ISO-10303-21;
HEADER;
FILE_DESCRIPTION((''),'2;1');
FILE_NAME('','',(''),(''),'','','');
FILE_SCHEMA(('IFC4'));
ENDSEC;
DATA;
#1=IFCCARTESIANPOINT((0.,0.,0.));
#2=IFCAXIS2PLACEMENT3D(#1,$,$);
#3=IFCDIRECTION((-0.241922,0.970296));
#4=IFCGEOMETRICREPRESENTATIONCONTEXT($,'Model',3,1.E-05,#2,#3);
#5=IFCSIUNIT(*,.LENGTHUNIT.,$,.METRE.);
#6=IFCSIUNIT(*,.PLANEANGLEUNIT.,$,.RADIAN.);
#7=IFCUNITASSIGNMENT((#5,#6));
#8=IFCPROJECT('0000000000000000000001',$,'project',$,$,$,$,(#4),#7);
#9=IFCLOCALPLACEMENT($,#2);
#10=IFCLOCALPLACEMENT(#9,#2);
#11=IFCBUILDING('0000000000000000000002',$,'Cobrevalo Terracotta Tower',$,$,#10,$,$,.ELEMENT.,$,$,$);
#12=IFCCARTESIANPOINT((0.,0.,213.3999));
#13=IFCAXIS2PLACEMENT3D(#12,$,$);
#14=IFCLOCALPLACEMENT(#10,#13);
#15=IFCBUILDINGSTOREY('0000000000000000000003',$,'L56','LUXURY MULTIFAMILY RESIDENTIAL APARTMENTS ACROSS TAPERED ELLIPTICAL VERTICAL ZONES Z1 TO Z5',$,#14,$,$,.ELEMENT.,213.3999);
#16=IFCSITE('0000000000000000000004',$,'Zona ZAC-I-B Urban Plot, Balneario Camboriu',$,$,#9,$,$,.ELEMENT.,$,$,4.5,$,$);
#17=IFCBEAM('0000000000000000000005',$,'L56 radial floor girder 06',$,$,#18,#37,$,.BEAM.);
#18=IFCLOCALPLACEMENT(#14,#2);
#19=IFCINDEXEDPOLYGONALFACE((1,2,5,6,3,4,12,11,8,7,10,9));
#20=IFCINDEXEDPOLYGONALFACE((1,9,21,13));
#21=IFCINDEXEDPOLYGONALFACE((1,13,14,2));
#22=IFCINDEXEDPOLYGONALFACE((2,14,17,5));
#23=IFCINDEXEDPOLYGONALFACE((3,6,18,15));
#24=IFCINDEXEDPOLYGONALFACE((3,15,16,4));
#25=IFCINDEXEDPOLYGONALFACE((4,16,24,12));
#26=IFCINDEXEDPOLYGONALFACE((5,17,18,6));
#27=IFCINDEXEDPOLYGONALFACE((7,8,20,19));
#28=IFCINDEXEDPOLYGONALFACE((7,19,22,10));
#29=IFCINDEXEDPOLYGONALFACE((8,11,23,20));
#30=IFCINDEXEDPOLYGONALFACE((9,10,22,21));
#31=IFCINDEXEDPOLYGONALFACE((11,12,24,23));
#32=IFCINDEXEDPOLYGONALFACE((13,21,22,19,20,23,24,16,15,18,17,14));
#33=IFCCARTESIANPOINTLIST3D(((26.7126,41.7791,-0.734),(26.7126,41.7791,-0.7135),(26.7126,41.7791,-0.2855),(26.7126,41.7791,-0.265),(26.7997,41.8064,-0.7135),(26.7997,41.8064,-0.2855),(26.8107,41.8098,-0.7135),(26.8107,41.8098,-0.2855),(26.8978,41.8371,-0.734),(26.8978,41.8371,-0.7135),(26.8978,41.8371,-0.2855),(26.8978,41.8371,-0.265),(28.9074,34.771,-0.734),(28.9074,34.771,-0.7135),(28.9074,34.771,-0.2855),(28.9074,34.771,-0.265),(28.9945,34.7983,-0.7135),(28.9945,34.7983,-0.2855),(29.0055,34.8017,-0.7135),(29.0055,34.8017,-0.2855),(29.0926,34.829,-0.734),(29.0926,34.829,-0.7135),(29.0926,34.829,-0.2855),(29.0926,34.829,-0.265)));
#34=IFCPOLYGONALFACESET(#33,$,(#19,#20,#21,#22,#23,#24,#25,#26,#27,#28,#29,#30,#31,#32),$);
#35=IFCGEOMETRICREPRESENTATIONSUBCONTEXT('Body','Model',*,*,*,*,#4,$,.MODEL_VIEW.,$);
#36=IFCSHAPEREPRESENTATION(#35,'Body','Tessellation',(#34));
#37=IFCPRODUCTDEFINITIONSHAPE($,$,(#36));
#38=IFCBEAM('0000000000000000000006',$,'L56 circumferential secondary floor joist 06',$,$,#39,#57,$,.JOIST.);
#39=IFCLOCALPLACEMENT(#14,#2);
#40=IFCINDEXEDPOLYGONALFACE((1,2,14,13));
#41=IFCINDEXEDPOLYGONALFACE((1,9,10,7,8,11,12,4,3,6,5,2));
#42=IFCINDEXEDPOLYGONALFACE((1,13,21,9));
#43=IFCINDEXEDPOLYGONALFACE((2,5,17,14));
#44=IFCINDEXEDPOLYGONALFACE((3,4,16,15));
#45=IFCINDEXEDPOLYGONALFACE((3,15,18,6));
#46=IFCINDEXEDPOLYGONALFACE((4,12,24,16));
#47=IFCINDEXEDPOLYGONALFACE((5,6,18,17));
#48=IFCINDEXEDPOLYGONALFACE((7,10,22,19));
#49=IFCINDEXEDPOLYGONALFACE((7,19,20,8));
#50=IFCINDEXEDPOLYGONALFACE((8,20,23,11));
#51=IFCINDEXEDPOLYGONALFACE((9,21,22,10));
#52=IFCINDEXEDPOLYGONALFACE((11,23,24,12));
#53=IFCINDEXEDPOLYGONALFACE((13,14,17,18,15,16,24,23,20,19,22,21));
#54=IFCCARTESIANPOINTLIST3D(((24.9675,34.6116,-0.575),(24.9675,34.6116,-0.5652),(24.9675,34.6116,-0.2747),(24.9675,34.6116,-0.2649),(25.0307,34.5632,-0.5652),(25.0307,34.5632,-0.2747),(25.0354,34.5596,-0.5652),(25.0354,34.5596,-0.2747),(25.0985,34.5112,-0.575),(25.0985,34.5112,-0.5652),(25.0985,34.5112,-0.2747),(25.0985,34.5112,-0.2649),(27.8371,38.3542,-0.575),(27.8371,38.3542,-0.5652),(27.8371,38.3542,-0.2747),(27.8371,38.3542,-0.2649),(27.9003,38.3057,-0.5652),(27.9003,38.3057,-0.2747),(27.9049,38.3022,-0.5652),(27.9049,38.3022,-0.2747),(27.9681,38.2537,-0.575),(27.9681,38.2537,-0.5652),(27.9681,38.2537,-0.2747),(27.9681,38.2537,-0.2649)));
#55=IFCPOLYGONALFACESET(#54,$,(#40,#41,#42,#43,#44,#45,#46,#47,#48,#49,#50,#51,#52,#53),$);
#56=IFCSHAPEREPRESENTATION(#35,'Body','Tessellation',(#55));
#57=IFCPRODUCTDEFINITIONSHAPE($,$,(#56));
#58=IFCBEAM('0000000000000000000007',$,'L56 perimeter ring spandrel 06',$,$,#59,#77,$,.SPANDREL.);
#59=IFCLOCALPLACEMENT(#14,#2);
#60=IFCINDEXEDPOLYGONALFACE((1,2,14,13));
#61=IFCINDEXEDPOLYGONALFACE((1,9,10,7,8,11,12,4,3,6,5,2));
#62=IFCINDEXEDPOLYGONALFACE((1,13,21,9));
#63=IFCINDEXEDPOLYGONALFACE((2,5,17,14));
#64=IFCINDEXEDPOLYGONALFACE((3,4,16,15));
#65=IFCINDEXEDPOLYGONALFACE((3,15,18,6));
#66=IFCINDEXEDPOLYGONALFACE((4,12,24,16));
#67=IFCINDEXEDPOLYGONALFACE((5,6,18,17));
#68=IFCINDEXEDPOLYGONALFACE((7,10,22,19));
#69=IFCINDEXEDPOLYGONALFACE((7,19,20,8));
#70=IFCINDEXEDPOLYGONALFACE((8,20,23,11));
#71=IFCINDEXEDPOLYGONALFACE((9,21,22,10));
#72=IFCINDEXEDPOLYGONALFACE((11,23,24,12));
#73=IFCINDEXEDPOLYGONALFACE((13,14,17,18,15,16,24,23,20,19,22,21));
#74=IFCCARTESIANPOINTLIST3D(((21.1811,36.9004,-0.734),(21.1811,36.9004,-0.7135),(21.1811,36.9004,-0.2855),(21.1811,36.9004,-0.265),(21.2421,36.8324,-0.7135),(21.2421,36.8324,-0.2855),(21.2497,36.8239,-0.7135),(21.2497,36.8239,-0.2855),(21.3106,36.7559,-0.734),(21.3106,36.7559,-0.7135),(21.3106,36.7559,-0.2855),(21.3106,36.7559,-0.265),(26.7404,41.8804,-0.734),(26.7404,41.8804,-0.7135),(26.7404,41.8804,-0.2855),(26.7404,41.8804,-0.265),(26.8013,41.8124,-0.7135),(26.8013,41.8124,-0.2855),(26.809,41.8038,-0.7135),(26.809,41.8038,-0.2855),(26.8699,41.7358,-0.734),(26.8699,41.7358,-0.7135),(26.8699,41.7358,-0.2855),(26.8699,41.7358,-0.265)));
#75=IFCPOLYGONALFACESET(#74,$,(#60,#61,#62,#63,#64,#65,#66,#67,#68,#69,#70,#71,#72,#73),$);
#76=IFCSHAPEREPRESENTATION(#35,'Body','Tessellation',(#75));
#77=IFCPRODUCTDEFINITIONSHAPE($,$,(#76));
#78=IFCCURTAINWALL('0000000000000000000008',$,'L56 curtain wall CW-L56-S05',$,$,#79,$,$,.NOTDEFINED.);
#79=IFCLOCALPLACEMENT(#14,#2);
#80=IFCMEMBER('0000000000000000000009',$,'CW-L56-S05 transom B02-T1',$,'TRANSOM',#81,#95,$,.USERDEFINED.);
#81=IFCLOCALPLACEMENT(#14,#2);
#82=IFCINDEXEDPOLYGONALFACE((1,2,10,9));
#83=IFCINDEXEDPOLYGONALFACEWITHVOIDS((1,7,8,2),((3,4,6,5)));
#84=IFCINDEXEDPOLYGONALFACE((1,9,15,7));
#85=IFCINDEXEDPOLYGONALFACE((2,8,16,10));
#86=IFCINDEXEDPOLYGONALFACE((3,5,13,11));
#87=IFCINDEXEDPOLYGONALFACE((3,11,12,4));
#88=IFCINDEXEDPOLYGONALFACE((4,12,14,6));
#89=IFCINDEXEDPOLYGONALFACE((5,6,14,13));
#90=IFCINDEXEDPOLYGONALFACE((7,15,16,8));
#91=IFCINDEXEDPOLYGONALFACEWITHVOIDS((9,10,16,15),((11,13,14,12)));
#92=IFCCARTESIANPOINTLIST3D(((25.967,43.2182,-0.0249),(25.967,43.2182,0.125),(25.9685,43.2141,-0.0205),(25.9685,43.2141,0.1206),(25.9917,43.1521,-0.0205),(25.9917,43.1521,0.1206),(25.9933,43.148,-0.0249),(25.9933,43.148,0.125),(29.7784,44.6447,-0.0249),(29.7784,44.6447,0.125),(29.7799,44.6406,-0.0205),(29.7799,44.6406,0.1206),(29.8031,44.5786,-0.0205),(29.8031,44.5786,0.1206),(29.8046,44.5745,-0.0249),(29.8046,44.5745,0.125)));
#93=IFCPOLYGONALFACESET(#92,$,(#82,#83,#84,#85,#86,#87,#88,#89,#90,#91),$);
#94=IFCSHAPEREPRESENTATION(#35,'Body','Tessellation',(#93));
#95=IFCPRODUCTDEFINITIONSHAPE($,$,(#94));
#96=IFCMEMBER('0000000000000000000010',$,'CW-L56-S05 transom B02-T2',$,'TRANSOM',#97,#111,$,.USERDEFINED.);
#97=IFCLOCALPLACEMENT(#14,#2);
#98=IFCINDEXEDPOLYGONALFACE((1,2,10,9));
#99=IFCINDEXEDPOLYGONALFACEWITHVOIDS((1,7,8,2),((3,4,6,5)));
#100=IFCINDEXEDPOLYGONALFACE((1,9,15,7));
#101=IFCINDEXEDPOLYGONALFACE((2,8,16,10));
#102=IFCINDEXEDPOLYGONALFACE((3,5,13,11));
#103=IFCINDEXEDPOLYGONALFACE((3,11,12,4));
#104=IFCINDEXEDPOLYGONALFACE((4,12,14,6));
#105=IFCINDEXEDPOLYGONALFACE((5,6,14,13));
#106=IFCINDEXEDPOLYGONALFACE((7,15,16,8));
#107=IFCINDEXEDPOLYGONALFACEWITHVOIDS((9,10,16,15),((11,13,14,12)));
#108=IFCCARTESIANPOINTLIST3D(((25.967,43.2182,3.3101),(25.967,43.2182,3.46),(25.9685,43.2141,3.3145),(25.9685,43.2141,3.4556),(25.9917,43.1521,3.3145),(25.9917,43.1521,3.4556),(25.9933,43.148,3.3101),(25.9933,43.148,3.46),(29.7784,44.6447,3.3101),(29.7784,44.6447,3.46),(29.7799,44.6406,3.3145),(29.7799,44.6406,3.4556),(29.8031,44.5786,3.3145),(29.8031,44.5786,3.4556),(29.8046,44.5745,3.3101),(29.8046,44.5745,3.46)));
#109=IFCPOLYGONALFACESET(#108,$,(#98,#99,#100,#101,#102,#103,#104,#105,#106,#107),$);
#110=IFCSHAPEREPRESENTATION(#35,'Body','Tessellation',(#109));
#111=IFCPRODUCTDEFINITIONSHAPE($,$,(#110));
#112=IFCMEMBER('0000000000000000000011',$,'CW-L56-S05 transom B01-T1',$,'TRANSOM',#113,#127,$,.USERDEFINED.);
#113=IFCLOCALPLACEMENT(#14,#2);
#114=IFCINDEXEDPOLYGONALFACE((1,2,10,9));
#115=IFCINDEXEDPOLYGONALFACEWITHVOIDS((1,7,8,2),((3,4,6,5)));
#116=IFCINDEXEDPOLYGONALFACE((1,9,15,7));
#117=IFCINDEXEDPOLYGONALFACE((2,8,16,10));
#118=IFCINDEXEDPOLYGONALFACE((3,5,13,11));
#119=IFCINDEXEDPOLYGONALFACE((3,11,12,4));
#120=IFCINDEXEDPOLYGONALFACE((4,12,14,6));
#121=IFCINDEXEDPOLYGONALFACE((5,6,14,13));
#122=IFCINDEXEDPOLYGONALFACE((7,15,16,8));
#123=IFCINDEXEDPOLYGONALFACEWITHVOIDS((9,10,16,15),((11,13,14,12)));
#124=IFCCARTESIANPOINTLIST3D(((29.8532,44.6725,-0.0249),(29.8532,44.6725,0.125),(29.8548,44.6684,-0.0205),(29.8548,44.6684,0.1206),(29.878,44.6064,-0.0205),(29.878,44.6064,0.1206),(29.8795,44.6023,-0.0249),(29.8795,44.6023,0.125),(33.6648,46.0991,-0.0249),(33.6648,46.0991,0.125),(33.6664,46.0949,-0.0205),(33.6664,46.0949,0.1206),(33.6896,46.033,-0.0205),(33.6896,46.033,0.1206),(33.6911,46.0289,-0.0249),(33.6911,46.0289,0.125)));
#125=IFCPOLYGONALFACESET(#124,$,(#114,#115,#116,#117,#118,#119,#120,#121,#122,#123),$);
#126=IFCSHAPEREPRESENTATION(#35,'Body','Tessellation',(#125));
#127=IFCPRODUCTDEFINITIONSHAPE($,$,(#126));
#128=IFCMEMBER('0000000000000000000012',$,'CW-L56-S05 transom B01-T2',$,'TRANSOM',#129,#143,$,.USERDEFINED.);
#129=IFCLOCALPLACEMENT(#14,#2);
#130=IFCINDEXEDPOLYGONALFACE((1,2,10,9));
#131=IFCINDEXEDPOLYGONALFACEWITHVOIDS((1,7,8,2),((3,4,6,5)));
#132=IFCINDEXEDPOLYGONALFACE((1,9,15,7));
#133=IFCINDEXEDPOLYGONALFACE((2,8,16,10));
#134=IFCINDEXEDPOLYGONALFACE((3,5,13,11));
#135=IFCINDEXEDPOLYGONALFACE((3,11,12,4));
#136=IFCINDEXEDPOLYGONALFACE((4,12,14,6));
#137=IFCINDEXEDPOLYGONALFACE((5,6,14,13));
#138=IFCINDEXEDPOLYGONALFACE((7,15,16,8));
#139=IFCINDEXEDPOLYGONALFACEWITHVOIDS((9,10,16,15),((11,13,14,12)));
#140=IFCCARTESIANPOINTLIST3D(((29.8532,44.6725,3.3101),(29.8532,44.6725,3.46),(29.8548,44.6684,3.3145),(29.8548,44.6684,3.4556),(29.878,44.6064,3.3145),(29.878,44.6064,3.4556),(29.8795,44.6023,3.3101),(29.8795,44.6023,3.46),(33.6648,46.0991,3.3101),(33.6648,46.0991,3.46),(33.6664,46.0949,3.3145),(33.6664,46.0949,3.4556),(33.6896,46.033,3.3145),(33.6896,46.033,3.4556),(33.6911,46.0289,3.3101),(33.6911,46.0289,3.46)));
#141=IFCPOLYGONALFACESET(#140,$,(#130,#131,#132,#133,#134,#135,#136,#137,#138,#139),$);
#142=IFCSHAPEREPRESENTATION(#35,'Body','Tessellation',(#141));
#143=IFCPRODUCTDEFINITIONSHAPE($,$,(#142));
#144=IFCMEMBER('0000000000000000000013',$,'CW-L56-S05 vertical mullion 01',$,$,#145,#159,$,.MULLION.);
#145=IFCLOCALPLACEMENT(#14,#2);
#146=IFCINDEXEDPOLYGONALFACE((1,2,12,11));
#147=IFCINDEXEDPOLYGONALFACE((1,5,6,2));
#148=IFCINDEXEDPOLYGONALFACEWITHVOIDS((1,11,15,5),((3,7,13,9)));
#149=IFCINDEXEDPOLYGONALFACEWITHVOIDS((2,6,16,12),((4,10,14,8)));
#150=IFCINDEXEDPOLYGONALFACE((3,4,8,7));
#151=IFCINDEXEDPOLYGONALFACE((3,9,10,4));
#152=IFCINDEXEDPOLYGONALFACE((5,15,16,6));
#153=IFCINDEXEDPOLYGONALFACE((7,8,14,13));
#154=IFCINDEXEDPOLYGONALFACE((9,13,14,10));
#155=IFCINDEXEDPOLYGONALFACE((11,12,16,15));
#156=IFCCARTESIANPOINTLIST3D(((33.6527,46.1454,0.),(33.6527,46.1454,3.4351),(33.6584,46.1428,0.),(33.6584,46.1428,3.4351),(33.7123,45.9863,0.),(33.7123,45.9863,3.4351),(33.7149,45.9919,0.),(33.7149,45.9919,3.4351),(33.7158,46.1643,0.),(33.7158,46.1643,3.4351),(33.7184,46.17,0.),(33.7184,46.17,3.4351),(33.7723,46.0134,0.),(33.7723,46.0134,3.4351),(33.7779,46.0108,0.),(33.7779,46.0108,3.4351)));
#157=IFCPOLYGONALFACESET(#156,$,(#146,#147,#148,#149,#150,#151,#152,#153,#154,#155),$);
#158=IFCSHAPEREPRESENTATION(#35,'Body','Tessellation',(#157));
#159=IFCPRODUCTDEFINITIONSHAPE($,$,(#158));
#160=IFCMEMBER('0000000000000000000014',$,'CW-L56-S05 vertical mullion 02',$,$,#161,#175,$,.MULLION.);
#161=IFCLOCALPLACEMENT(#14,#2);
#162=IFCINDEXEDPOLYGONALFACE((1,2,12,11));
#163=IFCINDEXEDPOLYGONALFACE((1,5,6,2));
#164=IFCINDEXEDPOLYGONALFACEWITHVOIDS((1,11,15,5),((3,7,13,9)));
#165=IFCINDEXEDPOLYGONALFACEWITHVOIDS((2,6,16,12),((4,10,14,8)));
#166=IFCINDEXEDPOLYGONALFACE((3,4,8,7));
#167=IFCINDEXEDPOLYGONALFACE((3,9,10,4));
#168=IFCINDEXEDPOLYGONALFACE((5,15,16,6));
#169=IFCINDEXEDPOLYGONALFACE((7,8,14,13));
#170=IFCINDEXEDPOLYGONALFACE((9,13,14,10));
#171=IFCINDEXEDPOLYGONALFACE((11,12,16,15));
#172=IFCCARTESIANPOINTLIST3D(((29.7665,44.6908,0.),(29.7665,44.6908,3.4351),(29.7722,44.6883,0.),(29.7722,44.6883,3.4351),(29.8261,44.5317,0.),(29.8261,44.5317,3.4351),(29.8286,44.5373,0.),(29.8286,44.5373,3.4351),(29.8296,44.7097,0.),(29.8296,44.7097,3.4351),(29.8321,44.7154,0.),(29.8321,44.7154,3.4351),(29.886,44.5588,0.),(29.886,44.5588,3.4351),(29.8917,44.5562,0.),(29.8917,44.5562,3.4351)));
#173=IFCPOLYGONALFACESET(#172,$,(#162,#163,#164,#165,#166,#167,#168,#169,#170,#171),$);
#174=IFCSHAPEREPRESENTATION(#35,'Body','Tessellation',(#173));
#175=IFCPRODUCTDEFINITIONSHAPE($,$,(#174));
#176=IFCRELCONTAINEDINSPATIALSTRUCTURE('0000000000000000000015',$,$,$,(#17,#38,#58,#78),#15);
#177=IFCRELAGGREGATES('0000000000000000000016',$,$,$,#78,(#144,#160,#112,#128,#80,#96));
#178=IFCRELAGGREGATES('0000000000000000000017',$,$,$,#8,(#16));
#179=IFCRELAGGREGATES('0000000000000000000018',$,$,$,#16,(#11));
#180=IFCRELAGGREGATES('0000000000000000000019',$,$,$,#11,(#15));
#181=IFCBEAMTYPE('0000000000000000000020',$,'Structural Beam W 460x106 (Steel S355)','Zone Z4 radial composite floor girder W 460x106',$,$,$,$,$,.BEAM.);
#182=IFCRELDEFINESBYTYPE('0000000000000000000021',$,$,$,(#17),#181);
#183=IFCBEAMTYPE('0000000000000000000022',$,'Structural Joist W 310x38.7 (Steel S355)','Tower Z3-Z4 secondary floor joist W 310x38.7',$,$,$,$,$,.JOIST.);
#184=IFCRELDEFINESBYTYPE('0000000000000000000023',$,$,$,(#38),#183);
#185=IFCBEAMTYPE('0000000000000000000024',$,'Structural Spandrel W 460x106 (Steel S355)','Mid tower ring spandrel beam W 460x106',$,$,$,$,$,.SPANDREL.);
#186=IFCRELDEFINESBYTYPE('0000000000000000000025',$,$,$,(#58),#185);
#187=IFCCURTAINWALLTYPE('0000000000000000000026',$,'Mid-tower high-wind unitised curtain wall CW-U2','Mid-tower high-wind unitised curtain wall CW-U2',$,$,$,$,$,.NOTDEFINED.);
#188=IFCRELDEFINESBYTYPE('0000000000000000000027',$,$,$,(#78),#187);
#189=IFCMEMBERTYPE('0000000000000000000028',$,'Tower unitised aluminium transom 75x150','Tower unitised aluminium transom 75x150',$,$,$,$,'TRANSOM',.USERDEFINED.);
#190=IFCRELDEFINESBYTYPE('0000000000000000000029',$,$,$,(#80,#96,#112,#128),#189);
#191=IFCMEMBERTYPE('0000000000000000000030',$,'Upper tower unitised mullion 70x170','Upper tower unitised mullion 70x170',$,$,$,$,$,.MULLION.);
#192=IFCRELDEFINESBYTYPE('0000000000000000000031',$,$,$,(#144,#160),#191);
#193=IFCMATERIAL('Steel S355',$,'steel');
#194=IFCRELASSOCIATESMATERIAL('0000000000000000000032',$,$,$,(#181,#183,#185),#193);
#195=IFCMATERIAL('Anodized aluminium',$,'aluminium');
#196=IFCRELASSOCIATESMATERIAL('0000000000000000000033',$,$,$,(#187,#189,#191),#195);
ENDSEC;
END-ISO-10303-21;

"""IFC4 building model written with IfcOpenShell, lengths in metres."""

from ifc_helpers import new_model, si_unit, direction, frame, origin, origin_2d, place, context, subcontext, project, spatial, hollow_rectangle, i_section, extrude, source, transform, mapped, material, material_profile, profile_set, type_object, element, aggregate, save


model = new_model("IFC4")

# Units and contexts
model_context = context("Model", 3, precision=1e-05, world=origin(), true_north=direction((-0.241922, 0.970296)))
body_context = subcontext(model_context, "Body", "Model", "MODEL_VIEW")
ifc_project = project(units=[si_unit("LENGTHUNIT", "METRE"), si_unit("PLANEANGLEUNIT", "RADIAN")], contexts=[model_context])

# Site, building, storey
site_placement = place(None, origin())
site = spatial("IfcSite", under=ifc_project, at=site_placement, Name="Zona ZAC-I-B Urban Plot, Balneario Camboriu", CompositionType="ELEMENT", RefElevation=4.5)
building_placement = place(site_placement, origin())
building = spatial("IfcBuilding", under=site, at=building_placement, Name="Cobrevalo Terracotta Tower", CompositionType="ELEMENT")
storey_placement = place(building_placement, frame((0.0, 0.0, 213.3999)))
storey = spatial("IfcBuildingStorey", under=building, at=storey_placement, Name="L56", Description="LUXURY MULTIFAMILY RESIDENTIAL APARTMENTS ACROSS TAPERED ELLIPTICAL VERTICAL ZONES Z1 TO Z5", CompositionType="ELEMENT", Elevation=213.3999)

# Shared definitions
ifc_material_1 = material(Name="Steel S355", Category="steel")

# Beams
ifc_material_profile_1 = material_profile(ifc_material_1, i_section(OverallWidth=0.1941, OverallDepth=0.469, WebThickness=0.0115, FlangeThickness=0.0205, at=origin_2d()), Name="W 460x106")
ifc_profile_set_1 = profile_set([ifc_material_profile_1], Name="Steel S355")
beam_type_1 = type_object("IfcBeamType", Name="Structural Beam W 460x106 (Steel S355)", Description="Zone Z4 radial composite floor girder W 460x106", PredefinedType="BEAM", material=ifc_profile_set_1)
beam_1_placement = place(storey_placement, frame((26.8052, 41.8081, -0.4995), z_axis=(0.298871, -0.954293, 0.0), x_axis=(0.954293, 0.298871, 0.0)))
element("IfcBeam", 1, at=beam_1_placement, inside=storey, type_object=beam_type_1, Name="L56 radial floor girder 06", PredefinedType="BEAM", context=body_context, shape_type="SweptSolid", body=[
    extrude(i_section(OverallWidth=0.1941, OverallDepth=0.469, WebThickness=0.0115, FlangeThickness=0.0205, at=origin_2d()), origin(), (0.0, 0.0, 1.0), 7.3438),
])
ifc_material_profile_2 = material_profile(ifc_material_1, i_section(OverallWidth=0.165, OverallDepth=0.3101, WebThickness=0.0059, FlangeThickness=0.0098, at=origin_2d()), Name="W 310x38.7")
ifc_profile_set_2 = profile_set([ifc_material_profile_2], Name="Steel S355")
beam_type_2 = type_object("IfcBeamType", Name="Structural Joist W 310x38.7 (Steel S355)", Description="Tower Z3-Z4 secondary floor joist W 310x38.7", PredefinedType="JOIST", material=ifc_profile_set_2)
beam_2_placement = place(storey_placement, frame((27.9026, 38.304, -0.4199), z_axis=(-0.608464, -0.793581, 0.0), x_axis=(0.793581, -0.608464, 0.0)))
element("IfcBeam", 2, at=beam_2_placement, inside=storey, type_object=beam_type_2, Name="L56 circumferential secondary floor joist 06", PredefinedType="JOIST", context=body_context, shape_type="SweptSolid", body=[
    extrude(i_section(OverallWidth=0.165, OverallDepth=0.3101, WebThickness=0.0059, FlangeThickness=0.0098, at=origin_2d()), origin(), (0.0, 0.0, 1.0), 4.7161),
])
ifc_material_profile_3 = material_profile(ifc_material_1, i_section(OverallWidth=0.1941, OverallDepth=0.469, WebThickness=0.0115, FlangeThickness=0.0205, at=origin_2d()), Name="W 460x106")
ifc_profile_set_3 = profile_set([ifc_material_profile_3], Name="Steel S355")
beam_type_3 = type_object("IfcBeamType", Name="Structural Spandrel W 460x106 (Steel S355)", Description="Mid tower ring spandrel beam W 460x106", PredefinedType="SPANDREL", material=ifc_profile_set_3)
beam_3_placement = place(storey_placement, frame((26.8052, 41.8081, -0.4995), z_axis=(-0.744852, -0.66723, 0.0), x_axis=(0.66723, -0.744852, 0.0)))
element("IfcBeam", 3, at=beam_3_placement, inside=storey, type_object=beam_type_3, Name="L56 perimeter ring spandrel 06", PredefinedType="SPANDREL", context=body_context, shape_type="SweptSolid", body=[
    extrude(i_section(OverallWidth=0.1941, OverallDepth=0.469, WebThickness=0.0115, FlangeThickness=0.0205, at=origin_2d()), origin(), (0.0, 0.0, 1.0), 7.4636),
])

# Curtain wall, members
ifc_material_2 = material(Name="Anodized aluminium", Category="aluminium")
curtain_wall_type = type_object("IfcCurtainWallType", Name="Mid-tower high-wind unitised curtain wall CW-U2", Description="Mid-tower high-wind unitised curtain wall CW-U2", PredefinedType="NOTDEFINED", material=ifc_material_2)
curtain_wall_placement = place(storey_placement, origin())
curtain_wall = element("IfcCurtainWall", 4, at=curtain_wall_placement, inside=storey, type_object=curtain_wall_type, Name="L56 curtain wall CW-L56-S05", PredefinedType="NOTDEFINED")
ifc_material_profile_4 = material_profile(ifc_material_2, hollow_rectangle(XDim=0.075, YDim=0.1499, WallThickness=0.0044, at=origin_2d()), Name="CWT 75x150")
ifc_profile_set_4 = profile_set([ifc_material_profile_4], Name="Anodized aluminium")
member_type_1 = type_object("IfcMemberType", Name="Tower unitised aluminium transom 75x150", Description="Tower unitised aluminium transom 75x150", ElementType="TRANSOM", PredefinedType="USERDEFINED", material=ifc_profile_set_4)
shared_shape_1 = source(origin(), body_context, "Body", "SweptSolid", [
    extrude(hollow_rectangle(XDim=0.075, YDim=0.1499, WallThickness=0.0044, at=origin_2d()), origin(), (0.0, 0.0, 1.0), 4.0696),
])
member_1_placement = place(storey_placement, frame((29.7915, 44.6096, 0.05), z_axis=(-0.936548, -0.350538, 0.0), x_axis=(0.350538, -0.936548, 0.0)))
member_1 = element("IfcMember", 5, at=member_1_placement, type_object=member_type_1, Name="CW-L56-S05 transom B02-T1", ObjectType="TRANSOM", PredefinedType="USERDEFINED", context=body_context, shape_type="MappedRepresentation", body=[
    mapped(shared_shape_1, transform((0.0, 0.0, 0.0), scale=1.0)),
])
member_2_placement = place(storey_placement, frame((29.7915, 44.6096, 3.385), z_axis=(-0.936548, -0.350538, 0.0), x_axis=(0.350538, -0.936548, 0.0)))
member_2 = element("IfcMember", 6, at=member_2_placement, type_object=member_type_1, Name="CW-L56-S05 transom B02-T2", ObjectType="TRANSOM", PredefinedType="USERDEFINED", context=body_context, shape_type="MappedRepresentation", body=[
    mapped(shared_shape_1, transform((0.0, 0.0, 0.0), scale=1.0)),
])
shared_shape_2 = source(origin(), body_context, "Body", "SweptSolid", [
    extrude(hollow_rectangle(XDim=0.075, YDim=0.1499, WallThickness=0.0044, at=origin_2d()), origin(), (0.0, 0.0, 1.0), 4.0698),
])
member_3_placement = place(storey_placement, frame((33.678, 46.064, 0.05), z_axis=(-0.936556, -0.350519, 0.0), x_axis=(0.350519, -0.936556, 0.0)))
member_3 = element("IfcMember", 7, at=member_3_placement, type_object=member_type_1, Name="CW-L56-S05 transom B01-T1", ObjectType="TRANSOM", PredefinedType="USERDEFINED", context=body_context, shape_type="MappedRepresentation", body=[
    mapped(shared_shape_2, transform((0.0, 0.0, 0.0), scale=1.0)),
])
member_4_placement = place(storey_placement, frame((33.678, 46.064, 3.385), z_axis=(-0.936556, -0.350519, 0.0), x_axis=(0.350519, -0.936556, 0.0)))
member_4 = element("IfcMember", 8, at=member_4_placement, type_object=member_type_1, Name="CW-L56-S05 transom B01-T2", ObjectType="TRANSOM", PredefinedType="USERDEFINED", context=body_context, shape_type="MappedRepresentation", body=[
    mapped(shared_shape_2, transform((0.0, 0.0, 0.0), scale=1.0)),
])
ifc_material_profile_5 = material_profile(ifc_material_2, hollow_rectangle(XDim=0.0701, YDim=0.1699, WallThickness=0.0044, at=origin_2d()), Name="CWM 70x170")
ifc_profile_set_5 = profile_set([ifc_material_profile_5], Name="Anodized aluminium")
member_type_2 = type_object("IfcMemberType", Name="Upper tower unitised mullion 70x170", Description="Upper tower unitised mullion 70x170", PredefinedType="MULLION", material=ifc_profile_set_5)
shared_shape_3 = source(origin(), body_context, "Body", "SweptSolid", [
    extrude(hollow_rectangle(XDim=0.0701, YDim=0.1699, WallThickness=0.0044, at=origin_2d()), origin(), (0.0, 0.0, 1.0), 3.4351),
])
member_5_placement = place(storey_placement, frame((33.7153, 46.0781, 0.0), z_axis=(0.0, 0.0, 1.0), x_axis=(-0.936556, -0.350518, 0.0)))
member_5 = element("IfcMember", 9, at=member_5_placement, type_object=member_type_2, Name="CW-L56-S05 vertical mullion 01", PredefinedType="MULLION", context=body_context, shape_type="MappedRepresentation", body=[
    mapped(shared_shape_3, transform((0.0, 0.0, 0.0), scale=1.0)),
])
member_6_placement = place(storey_placement, frame((29.8291, 44.6235, 0.0), z_axis=(0.0, 0.0, 1.0), x_axis=(-0.936556, -0.350518, 0.0)))
member_6 = element("IfcMember", 10, at=member_6_placement, type_object=member_type_2, Name="CW-L56-S05 vertical mullion 02", PredefinedType="MULLION", context=body_context, shape_type="MappedRepresentation", body=[
    mapped(shared_shape_3, transform((0.0, 0.0, 0.0), scale=1.0)),
])
aggregate(curtain_wall, [member_5, member_6, member_3, member_4, member_1, member_2])

save(model, "model.ifc")
